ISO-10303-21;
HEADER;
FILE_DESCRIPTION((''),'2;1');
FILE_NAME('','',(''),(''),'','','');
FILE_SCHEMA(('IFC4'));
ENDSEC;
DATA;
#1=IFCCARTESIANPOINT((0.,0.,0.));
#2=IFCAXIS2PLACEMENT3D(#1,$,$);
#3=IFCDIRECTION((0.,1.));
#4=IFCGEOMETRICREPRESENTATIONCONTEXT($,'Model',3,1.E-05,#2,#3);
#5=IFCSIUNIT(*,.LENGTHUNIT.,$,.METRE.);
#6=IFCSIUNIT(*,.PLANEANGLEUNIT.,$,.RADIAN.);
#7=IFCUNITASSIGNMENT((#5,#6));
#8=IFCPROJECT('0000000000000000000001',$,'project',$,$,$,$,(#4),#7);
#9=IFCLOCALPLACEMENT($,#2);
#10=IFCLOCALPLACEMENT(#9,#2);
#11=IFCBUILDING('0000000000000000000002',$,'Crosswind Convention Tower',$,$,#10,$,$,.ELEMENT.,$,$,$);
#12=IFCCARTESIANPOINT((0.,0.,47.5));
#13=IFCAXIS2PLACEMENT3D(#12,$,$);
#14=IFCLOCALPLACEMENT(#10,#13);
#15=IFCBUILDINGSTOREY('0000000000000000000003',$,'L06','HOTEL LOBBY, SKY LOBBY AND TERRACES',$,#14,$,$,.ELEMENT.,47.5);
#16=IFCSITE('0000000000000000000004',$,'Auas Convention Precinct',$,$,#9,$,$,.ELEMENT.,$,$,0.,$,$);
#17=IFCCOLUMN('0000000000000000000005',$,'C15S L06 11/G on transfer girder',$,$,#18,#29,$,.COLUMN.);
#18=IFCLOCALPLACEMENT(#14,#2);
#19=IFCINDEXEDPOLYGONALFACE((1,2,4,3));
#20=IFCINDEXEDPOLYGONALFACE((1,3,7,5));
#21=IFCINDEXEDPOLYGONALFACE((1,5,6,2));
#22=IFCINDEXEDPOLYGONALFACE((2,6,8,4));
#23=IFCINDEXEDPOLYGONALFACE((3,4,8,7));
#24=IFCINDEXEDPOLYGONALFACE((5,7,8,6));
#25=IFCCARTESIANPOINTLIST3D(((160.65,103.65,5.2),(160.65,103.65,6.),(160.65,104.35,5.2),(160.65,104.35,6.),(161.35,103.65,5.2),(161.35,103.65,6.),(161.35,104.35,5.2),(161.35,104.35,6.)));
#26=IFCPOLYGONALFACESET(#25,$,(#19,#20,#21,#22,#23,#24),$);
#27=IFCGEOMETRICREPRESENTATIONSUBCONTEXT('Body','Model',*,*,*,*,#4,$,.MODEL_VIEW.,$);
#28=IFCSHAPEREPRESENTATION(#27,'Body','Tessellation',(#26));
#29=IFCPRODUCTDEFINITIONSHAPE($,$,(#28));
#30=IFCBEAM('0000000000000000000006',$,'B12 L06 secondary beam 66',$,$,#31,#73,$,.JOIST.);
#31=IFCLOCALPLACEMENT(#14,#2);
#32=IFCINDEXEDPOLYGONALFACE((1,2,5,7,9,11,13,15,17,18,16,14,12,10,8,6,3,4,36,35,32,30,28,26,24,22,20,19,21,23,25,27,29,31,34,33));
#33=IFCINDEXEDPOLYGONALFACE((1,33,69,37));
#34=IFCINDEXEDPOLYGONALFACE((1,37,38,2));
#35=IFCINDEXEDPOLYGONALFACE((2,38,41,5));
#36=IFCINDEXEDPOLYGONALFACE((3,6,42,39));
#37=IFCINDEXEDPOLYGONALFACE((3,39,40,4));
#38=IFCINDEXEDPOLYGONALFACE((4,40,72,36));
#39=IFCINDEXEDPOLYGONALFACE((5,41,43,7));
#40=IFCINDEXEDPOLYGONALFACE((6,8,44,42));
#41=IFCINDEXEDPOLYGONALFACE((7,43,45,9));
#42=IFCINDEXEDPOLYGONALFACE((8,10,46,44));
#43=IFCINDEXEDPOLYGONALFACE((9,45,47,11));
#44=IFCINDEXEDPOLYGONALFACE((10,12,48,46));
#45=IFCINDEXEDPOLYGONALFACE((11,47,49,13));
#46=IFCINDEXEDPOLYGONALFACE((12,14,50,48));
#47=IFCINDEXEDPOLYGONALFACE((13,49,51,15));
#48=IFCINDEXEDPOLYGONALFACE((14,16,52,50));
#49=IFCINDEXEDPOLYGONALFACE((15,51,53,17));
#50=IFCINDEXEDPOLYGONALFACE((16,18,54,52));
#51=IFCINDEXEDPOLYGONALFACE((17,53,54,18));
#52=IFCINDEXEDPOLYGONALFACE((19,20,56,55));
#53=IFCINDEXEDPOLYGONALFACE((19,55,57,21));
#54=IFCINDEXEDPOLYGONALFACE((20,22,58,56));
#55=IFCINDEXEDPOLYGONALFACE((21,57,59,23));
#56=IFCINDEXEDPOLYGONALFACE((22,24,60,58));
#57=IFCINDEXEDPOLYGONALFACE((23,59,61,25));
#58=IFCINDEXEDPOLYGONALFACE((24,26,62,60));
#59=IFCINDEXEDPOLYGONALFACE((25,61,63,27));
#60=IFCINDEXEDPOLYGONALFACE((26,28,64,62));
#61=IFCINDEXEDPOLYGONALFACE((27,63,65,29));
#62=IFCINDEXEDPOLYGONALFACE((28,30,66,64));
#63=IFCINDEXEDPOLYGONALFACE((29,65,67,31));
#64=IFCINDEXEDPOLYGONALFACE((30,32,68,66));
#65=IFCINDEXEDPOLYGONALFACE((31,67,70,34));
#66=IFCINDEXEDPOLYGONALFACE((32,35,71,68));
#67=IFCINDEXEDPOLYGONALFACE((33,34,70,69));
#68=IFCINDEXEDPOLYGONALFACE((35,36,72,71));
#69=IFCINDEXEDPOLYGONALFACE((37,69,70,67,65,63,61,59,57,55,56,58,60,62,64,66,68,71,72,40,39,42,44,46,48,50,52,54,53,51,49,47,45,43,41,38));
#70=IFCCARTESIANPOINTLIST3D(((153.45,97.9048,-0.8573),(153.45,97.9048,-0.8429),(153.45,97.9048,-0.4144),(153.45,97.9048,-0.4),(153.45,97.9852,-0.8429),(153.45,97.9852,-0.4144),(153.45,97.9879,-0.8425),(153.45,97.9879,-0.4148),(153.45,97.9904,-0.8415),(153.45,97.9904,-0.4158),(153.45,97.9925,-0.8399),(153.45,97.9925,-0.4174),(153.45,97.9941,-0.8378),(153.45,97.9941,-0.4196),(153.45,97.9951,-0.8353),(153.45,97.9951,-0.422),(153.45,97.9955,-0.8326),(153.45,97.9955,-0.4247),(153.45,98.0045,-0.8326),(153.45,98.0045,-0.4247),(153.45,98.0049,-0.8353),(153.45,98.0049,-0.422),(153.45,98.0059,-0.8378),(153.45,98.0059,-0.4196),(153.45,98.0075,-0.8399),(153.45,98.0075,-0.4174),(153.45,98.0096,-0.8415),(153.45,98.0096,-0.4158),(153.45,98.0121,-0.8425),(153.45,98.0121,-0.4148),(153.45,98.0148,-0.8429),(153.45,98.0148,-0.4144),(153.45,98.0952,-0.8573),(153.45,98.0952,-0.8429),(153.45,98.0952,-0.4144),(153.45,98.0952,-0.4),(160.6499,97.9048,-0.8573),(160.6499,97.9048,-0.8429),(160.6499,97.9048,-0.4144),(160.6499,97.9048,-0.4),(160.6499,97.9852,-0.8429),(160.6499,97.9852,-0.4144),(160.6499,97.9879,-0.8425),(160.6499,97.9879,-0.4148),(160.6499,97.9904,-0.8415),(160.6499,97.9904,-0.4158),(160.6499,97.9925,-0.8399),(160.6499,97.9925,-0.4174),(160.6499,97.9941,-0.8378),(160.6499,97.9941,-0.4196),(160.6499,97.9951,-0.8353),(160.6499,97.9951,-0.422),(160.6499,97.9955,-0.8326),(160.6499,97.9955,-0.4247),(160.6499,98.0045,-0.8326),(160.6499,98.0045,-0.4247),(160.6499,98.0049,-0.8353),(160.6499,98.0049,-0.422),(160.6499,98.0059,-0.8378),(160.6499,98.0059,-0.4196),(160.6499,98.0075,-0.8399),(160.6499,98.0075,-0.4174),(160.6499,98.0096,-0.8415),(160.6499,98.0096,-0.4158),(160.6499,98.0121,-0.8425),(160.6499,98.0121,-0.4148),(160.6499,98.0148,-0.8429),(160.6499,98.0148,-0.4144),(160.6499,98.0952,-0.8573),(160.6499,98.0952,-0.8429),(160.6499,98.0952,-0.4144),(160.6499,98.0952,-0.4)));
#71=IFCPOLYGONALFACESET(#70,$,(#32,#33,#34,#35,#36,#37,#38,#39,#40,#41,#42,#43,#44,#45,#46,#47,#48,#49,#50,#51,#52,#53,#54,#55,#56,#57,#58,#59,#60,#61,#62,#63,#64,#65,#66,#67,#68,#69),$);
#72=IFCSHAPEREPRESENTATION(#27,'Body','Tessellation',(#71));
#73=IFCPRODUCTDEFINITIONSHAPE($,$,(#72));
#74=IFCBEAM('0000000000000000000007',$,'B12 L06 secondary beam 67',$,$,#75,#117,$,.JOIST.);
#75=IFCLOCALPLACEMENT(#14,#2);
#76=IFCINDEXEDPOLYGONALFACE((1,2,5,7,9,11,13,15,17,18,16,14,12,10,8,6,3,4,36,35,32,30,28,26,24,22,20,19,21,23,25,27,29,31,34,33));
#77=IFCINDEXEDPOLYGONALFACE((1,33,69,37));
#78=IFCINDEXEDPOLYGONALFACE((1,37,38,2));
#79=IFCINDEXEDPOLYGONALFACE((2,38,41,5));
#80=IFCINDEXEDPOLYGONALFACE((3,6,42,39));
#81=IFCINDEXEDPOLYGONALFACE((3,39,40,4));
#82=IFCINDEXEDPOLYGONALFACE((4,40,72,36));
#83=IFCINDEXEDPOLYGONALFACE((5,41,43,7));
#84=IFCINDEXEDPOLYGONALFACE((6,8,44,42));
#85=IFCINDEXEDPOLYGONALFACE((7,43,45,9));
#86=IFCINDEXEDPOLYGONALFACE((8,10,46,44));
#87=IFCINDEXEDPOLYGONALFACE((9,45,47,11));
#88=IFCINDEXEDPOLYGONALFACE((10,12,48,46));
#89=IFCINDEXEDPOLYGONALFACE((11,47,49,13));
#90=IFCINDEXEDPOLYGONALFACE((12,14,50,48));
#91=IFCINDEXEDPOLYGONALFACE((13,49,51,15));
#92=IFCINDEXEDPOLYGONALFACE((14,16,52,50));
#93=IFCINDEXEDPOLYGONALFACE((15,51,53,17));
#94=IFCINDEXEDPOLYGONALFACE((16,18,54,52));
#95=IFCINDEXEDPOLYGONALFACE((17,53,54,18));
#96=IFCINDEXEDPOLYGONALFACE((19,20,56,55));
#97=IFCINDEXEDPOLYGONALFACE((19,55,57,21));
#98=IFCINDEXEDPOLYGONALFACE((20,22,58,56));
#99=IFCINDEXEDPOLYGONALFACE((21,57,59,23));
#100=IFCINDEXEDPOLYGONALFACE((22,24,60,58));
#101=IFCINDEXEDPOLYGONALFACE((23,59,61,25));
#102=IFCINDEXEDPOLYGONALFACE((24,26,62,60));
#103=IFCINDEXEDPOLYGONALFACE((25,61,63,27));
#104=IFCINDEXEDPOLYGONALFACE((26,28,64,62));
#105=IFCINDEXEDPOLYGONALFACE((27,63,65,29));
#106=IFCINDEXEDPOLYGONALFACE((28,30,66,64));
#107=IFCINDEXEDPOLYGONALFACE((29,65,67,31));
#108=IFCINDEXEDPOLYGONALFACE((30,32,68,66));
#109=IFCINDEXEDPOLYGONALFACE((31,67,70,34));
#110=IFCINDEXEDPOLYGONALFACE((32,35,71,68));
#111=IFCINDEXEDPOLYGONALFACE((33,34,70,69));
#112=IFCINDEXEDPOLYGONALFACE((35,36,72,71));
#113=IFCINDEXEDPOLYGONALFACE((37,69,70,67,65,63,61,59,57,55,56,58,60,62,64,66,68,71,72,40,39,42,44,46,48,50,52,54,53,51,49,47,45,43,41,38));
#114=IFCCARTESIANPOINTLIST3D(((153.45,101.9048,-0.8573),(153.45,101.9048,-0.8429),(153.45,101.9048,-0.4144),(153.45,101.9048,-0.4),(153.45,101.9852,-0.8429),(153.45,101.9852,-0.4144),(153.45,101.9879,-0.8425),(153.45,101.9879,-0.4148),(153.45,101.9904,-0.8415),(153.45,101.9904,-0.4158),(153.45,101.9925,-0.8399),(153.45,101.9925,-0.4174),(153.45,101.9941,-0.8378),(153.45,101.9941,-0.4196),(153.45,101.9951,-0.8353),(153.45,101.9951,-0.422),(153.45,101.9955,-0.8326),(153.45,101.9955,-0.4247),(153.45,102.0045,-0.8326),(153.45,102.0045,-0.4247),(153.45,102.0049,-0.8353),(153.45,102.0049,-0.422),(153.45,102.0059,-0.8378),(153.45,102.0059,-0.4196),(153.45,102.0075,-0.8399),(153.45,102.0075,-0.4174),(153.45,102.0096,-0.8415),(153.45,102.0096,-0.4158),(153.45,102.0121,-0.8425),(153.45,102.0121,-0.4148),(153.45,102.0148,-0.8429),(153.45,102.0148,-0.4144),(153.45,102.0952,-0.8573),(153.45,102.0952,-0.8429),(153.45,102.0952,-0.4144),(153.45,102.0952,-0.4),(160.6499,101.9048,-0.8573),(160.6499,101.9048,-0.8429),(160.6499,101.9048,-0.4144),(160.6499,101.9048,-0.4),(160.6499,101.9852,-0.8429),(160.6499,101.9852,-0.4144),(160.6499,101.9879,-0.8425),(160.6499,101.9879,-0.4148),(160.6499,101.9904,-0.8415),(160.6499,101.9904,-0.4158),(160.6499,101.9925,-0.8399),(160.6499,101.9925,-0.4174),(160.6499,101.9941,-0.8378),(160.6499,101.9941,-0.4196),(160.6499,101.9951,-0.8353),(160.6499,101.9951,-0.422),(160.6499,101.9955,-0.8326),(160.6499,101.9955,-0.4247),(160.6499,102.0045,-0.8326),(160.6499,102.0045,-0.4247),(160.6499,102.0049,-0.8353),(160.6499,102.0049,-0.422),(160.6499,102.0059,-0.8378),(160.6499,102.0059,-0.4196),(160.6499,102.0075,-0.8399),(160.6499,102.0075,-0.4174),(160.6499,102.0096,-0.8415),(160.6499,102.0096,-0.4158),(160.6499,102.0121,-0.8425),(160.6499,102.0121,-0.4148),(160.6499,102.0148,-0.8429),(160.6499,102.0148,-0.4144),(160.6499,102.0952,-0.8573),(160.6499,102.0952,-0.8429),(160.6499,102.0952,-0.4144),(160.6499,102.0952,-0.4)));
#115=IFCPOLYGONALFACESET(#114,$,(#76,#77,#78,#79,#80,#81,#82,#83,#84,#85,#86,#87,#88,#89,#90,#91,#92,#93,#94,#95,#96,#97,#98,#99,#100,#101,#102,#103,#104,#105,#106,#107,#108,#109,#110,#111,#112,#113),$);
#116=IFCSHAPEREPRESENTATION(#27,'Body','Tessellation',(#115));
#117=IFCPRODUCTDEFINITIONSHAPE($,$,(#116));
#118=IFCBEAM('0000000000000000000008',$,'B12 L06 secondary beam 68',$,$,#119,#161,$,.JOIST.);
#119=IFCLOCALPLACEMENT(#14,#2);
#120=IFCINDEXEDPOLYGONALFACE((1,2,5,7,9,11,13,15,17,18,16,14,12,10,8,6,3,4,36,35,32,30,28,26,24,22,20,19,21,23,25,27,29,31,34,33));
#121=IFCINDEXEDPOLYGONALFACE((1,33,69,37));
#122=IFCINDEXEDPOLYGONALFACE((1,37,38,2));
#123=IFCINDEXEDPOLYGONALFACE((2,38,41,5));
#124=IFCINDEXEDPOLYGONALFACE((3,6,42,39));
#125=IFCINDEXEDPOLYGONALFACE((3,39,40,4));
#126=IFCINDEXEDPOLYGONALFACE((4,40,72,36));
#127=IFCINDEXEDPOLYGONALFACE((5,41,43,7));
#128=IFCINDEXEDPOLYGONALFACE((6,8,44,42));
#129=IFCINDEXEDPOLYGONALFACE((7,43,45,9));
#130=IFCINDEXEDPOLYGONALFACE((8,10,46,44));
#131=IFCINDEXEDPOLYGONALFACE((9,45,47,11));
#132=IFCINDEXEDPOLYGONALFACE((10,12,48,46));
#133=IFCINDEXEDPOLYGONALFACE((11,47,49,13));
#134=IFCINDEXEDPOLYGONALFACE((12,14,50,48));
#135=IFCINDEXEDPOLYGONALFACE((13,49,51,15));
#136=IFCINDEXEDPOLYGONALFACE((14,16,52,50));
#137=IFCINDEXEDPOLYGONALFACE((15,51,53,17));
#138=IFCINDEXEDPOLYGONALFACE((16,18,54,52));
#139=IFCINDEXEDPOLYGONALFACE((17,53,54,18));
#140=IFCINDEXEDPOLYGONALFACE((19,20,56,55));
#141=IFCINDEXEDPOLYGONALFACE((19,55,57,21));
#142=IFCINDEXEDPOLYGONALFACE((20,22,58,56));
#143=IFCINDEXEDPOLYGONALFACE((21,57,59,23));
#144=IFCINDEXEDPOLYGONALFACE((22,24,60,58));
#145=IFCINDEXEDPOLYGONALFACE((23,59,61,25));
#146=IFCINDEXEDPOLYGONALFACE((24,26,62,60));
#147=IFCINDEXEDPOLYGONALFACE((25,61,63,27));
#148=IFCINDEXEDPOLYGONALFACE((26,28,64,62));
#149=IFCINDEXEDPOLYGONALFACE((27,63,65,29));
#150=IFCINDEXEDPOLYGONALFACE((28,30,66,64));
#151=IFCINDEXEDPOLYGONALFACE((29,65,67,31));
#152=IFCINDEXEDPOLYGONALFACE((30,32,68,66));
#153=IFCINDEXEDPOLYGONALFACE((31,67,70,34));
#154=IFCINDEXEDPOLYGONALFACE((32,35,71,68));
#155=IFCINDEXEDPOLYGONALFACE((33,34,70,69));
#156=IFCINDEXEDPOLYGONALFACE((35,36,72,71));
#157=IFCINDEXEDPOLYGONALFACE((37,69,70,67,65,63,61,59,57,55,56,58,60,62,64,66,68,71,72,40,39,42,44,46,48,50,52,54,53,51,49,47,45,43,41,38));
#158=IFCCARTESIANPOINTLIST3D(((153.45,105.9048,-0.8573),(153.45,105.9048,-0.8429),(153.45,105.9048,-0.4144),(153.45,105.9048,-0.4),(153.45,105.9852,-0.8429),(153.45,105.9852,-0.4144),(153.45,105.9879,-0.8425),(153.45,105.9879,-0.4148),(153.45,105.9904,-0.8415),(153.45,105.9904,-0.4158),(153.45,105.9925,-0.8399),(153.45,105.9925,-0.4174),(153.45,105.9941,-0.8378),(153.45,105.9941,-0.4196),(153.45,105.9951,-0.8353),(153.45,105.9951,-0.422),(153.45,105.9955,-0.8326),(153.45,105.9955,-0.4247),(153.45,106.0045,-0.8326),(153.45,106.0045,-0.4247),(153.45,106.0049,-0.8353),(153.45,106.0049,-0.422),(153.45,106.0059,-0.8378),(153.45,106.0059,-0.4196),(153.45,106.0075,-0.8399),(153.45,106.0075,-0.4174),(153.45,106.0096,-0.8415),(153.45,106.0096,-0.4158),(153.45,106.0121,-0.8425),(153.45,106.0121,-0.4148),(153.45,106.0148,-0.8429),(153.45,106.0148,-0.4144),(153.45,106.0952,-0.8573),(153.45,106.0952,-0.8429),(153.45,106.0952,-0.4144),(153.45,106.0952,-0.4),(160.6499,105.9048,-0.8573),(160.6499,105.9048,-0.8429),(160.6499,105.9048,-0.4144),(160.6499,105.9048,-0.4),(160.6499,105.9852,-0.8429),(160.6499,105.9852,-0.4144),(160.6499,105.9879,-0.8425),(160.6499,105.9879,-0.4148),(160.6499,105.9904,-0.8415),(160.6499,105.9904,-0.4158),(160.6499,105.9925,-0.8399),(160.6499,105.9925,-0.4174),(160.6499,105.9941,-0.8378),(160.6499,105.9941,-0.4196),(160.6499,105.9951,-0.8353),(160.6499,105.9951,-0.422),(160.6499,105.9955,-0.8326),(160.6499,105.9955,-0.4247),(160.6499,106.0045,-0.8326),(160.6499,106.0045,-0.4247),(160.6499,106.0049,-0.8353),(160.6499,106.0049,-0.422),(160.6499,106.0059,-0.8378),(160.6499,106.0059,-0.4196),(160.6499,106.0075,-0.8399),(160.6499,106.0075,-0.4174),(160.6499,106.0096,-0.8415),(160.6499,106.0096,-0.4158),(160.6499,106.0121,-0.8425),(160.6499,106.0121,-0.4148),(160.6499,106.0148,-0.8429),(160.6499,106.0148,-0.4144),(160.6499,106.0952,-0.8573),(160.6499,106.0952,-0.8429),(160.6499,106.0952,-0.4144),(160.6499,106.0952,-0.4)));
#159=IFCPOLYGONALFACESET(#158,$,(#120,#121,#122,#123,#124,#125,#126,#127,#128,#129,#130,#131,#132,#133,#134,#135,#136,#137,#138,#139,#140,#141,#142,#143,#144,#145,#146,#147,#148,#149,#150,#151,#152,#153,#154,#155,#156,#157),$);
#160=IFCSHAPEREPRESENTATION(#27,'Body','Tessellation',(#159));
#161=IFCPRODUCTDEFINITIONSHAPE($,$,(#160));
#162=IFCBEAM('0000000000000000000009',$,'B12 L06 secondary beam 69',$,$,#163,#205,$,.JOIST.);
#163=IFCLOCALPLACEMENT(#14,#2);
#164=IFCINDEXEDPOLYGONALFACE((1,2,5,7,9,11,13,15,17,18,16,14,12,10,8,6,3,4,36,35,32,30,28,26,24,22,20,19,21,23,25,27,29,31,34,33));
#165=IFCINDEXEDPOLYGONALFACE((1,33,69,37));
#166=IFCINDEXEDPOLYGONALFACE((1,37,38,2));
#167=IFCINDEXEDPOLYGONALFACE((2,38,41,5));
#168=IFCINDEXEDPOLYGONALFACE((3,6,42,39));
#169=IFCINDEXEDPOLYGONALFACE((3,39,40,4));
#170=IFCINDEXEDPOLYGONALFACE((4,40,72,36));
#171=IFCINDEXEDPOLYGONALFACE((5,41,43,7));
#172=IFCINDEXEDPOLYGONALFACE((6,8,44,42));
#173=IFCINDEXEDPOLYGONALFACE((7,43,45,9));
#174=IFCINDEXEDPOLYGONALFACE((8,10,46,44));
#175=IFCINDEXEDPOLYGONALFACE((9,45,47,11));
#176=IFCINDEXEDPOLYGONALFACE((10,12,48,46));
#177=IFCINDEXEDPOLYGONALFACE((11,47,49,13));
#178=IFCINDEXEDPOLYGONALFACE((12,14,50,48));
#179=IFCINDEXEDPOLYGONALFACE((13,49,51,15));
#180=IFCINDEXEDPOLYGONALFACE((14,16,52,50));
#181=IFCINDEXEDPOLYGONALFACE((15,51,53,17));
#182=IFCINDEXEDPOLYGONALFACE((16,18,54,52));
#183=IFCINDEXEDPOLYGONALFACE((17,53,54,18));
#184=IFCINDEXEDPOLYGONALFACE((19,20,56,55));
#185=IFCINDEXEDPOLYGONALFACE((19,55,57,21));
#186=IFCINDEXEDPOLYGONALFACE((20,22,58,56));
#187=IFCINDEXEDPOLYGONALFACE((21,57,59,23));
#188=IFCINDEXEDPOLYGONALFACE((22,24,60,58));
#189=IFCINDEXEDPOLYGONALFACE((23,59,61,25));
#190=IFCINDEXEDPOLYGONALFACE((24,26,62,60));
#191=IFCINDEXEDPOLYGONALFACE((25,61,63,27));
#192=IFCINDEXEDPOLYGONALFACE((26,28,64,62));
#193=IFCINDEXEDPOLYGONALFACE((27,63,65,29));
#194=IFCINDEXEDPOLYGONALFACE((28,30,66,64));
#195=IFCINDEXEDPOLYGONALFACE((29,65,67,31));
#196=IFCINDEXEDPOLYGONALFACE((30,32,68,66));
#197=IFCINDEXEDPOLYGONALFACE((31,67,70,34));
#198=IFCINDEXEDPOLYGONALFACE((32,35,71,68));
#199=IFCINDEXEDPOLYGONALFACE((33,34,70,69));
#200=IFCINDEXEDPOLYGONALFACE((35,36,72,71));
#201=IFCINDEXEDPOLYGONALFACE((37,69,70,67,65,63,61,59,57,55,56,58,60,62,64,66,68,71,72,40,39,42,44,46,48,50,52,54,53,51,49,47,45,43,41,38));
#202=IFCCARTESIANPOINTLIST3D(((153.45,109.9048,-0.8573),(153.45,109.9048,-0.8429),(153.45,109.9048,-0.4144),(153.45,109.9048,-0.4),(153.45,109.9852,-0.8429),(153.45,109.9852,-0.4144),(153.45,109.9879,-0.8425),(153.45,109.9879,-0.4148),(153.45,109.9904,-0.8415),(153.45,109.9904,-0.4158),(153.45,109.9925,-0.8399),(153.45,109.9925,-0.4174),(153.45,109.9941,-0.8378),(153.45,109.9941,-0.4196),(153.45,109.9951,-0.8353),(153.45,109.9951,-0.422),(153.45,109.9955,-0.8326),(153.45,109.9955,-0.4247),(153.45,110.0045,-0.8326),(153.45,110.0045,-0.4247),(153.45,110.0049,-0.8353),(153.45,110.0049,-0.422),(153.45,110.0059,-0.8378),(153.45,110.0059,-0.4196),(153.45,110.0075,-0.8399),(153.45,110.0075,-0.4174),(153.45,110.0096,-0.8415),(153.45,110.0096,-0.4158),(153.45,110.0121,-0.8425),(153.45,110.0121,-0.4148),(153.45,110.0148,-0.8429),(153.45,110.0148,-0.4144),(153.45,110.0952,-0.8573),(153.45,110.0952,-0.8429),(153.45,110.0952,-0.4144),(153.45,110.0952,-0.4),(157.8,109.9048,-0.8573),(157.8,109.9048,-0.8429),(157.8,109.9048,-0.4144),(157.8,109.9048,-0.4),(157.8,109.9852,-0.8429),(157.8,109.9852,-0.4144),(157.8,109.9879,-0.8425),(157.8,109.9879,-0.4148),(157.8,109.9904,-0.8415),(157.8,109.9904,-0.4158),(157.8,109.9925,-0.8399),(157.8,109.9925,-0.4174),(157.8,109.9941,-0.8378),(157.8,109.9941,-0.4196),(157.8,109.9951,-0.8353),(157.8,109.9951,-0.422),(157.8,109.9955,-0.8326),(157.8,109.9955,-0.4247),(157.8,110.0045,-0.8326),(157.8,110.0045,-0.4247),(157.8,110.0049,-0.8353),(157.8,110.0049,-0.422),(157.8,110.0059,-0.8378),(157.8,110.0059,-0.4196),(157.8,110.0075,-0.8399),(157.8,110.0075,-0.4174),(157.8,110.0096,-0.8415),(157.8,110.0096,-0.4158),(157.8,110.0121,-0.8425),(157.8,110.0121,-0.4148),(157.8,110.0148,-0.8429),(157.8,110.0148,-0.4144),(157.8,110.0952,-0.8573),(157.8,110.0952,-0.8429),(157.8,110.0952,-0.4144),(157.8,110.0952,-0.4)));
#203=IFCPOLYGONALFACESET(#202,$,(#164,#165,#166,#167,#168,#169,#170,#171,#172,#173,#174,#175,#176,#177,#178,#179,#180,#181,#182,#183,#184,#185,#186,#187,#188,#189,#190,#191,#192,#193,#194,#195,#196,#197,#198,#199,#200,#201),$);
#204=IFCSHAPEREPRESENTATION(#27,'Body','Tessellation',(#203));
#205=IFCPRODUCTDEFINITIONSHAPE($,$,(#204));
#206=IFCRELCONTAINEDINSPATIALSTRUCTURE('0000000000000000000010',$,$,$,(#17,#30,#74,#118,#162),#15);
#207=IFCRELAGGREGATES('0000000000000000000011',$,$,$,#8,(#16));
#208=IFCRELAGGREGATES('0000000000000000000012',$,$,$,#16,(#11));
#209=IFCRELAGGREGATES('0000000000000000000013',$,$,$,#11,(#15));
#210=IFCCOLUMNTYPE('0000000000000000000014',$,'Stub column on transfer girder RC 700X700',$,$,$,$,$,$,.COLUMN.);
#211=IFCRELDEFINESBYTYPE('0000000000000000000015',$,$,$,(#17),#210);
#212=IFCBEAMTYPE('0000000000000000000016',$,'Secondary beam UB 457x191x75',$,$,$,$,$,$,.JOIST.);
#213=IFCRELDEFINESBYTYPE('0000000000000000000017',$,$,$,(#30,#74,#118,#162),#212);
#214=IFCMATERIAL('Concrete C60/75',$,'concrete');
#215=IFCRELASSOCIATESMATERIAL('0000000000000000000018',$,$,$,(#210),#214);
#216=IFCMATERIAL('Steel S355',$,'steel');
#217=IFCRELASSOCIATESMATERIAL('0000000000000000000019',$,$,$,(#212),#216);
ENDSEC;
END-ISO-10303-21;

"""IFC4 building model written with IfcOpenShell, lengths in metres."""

from ifc_helpers import new_model, si_unit, direction, frame, origin, origin_2d, place, context, subcontext, project, spatial, rectangle, i_section, extrude, material, material_profile, profile_set, type_object, element, save


model = new_model("IFC4")

# Units and contexts
model_context = context("Model", 3, precision=1e-05, world=origin(), true_north=direction((0.0, 1.0)))
body_context = subcontext(model_context, "Body", "Model", "MODEL_VIEW")
ifc_project = project(units=[si_unit("LENGTHUNIT", "METRE"), si_unit("PLANEANGLEUNIT", "RADIAN")], contexts=[model_context])

# Site, building, storey
site_placement = place(None, origin())
site = spatial("IfcSite", under=ifc_project, at=site_placement, Name="Auas Convention Precinct", CompositionType="ELEMENT", RefElevation=0.0)
building_placement = place(site_placement, origin())
building = spatial("IfcBuilding", under=site, at=building_placement, Name="Crosswind Convention Tower", CompositionType="ELEMENT")
storey_placement = place(building_placement, frame((0.0, 0.0, 47.5)))
storey = spatial("IfcBuildingStorey", under=building, at=storey_placement, Name="L06", Description="HOTEL LOBBY, SKY LOBBY AND TERRACES", CompositionType="ELEMENT", Elevation=47.5)

# Column
ifc_material_1 = material(Name="Concrete C60/75", Category="concrete")
ifc_material_profile_1 = material_profile(ifc_material_1, rectangle(XDim=0.7, YDim=0.7, at=origin_2d()), Name="RC 700X700")
ifc_profile_set_1 = profile_set([ifc_material_profile_1], Name="Concrete C60/75")
column_type = type_object("IfcColumnType", Name="Stub column on transfer girder RC 700X700", PredefinedType="COLUMN", material=ifc_profile_set_1)
column_placement = place(storey_placement, frame((161.0, 104.0, 5.2), z_axis=(0.0, 0.0, 1.0), x_axis=(1.0, 0.0, 0.0)))
element("IfcColumn", 1, at=column_placement, inside=storey, type_object=column_type, Name="C15S L06 11/G on transfer girder", PredefinedType="COLUMN", context=body_context, shape_type="SweptSolid", body=[
    extrude(rectangle(XDim=0.7, YDim=0.7, at=origin_2d()), origin(), (0.0, 0.0, 1.0), 0.8),
])

# Beams
ifc_material_2 = material(Name="Steel S355", Category="steel")
ifc_material_profile_2 = material_profile(ifc_material_2, i_section(OverallWidth=0.1904, OverallDepth=0.4573, WebThickness=0.009, FlangeThickness=0.0144, FilletRadius=0.0103, at=origin_2d()), Name="UB 457x191x75")
ifc_profile_set_2 = profile_set([ifc_material_profile_2], Name="Steel S355")
beam_type_1 = type_object("IfcBeamType", Name="Secondary beam UB 457x191x75", PredefinedType="JOIST", material=ifc_profile_set_2)
for number, where, z_axis, x_axis, name in (
    (2, (153.45, 98.0, -0.6287), (1.0, 0.0, 0.0), (0.0, 1.0, 0.0), "B12 L06 secondary beam 66"),
    (3, (153.45, 102.0, -0.6287), (1.0, 0.0, 0.0), (0.0, 1.0, 0.0), "B12 L06 secondary beam 67"),
    (4, (153.45, 106.0, -0.6287), (1.0, 0.0, 0.0), (0.0, 1.0, 0.0), "B12 L06 secondary beam 68"),
):
    element("IfcBeam", number, at=place(storey_placement, frame(where, z_axis=z_axis, x_axis=x_axis)), inside=storey, type_object=beam_type_1, Name=name, PredefinedType="JOIST", context=body_context, shape_type="SweptSolid", body=[
        extrude(i_section(OverallWidth=0.1904, OverallDepth=0.4573, WebThickness=0.009, FlangeThickness=0.0144, FilletRadius=0.0103, at=origin_2d()), origin(), (0.0, 0.0, 1.0), 7.2),
    ])
beam_1_placement = place(storey_placement, frame((153.45, 110.0, -0.6287), z_axis=(1.0, 0.0, 0.0), x_axis=(0.0, 1.0, 0.0)))
element("IfcBeam", 5, at=beam_1_placement, inside=storey, type_object=beam_type_1, Name="B12 L06 secondary beam 69", PredefinedType="JOIST", context=body_context, shape_type="SweptSolid", body=[
    extrude(i_section(OverallWidth=0.1904, OverallDepth=0.4573, WebThickness=0.009, FlangeThickness=0.0144, FilletRadius=0.0103, at=origin_2d()), origin(), (0.0, 0.0, 1.0), 4.3501),
])

save(model, "model.ifc")
